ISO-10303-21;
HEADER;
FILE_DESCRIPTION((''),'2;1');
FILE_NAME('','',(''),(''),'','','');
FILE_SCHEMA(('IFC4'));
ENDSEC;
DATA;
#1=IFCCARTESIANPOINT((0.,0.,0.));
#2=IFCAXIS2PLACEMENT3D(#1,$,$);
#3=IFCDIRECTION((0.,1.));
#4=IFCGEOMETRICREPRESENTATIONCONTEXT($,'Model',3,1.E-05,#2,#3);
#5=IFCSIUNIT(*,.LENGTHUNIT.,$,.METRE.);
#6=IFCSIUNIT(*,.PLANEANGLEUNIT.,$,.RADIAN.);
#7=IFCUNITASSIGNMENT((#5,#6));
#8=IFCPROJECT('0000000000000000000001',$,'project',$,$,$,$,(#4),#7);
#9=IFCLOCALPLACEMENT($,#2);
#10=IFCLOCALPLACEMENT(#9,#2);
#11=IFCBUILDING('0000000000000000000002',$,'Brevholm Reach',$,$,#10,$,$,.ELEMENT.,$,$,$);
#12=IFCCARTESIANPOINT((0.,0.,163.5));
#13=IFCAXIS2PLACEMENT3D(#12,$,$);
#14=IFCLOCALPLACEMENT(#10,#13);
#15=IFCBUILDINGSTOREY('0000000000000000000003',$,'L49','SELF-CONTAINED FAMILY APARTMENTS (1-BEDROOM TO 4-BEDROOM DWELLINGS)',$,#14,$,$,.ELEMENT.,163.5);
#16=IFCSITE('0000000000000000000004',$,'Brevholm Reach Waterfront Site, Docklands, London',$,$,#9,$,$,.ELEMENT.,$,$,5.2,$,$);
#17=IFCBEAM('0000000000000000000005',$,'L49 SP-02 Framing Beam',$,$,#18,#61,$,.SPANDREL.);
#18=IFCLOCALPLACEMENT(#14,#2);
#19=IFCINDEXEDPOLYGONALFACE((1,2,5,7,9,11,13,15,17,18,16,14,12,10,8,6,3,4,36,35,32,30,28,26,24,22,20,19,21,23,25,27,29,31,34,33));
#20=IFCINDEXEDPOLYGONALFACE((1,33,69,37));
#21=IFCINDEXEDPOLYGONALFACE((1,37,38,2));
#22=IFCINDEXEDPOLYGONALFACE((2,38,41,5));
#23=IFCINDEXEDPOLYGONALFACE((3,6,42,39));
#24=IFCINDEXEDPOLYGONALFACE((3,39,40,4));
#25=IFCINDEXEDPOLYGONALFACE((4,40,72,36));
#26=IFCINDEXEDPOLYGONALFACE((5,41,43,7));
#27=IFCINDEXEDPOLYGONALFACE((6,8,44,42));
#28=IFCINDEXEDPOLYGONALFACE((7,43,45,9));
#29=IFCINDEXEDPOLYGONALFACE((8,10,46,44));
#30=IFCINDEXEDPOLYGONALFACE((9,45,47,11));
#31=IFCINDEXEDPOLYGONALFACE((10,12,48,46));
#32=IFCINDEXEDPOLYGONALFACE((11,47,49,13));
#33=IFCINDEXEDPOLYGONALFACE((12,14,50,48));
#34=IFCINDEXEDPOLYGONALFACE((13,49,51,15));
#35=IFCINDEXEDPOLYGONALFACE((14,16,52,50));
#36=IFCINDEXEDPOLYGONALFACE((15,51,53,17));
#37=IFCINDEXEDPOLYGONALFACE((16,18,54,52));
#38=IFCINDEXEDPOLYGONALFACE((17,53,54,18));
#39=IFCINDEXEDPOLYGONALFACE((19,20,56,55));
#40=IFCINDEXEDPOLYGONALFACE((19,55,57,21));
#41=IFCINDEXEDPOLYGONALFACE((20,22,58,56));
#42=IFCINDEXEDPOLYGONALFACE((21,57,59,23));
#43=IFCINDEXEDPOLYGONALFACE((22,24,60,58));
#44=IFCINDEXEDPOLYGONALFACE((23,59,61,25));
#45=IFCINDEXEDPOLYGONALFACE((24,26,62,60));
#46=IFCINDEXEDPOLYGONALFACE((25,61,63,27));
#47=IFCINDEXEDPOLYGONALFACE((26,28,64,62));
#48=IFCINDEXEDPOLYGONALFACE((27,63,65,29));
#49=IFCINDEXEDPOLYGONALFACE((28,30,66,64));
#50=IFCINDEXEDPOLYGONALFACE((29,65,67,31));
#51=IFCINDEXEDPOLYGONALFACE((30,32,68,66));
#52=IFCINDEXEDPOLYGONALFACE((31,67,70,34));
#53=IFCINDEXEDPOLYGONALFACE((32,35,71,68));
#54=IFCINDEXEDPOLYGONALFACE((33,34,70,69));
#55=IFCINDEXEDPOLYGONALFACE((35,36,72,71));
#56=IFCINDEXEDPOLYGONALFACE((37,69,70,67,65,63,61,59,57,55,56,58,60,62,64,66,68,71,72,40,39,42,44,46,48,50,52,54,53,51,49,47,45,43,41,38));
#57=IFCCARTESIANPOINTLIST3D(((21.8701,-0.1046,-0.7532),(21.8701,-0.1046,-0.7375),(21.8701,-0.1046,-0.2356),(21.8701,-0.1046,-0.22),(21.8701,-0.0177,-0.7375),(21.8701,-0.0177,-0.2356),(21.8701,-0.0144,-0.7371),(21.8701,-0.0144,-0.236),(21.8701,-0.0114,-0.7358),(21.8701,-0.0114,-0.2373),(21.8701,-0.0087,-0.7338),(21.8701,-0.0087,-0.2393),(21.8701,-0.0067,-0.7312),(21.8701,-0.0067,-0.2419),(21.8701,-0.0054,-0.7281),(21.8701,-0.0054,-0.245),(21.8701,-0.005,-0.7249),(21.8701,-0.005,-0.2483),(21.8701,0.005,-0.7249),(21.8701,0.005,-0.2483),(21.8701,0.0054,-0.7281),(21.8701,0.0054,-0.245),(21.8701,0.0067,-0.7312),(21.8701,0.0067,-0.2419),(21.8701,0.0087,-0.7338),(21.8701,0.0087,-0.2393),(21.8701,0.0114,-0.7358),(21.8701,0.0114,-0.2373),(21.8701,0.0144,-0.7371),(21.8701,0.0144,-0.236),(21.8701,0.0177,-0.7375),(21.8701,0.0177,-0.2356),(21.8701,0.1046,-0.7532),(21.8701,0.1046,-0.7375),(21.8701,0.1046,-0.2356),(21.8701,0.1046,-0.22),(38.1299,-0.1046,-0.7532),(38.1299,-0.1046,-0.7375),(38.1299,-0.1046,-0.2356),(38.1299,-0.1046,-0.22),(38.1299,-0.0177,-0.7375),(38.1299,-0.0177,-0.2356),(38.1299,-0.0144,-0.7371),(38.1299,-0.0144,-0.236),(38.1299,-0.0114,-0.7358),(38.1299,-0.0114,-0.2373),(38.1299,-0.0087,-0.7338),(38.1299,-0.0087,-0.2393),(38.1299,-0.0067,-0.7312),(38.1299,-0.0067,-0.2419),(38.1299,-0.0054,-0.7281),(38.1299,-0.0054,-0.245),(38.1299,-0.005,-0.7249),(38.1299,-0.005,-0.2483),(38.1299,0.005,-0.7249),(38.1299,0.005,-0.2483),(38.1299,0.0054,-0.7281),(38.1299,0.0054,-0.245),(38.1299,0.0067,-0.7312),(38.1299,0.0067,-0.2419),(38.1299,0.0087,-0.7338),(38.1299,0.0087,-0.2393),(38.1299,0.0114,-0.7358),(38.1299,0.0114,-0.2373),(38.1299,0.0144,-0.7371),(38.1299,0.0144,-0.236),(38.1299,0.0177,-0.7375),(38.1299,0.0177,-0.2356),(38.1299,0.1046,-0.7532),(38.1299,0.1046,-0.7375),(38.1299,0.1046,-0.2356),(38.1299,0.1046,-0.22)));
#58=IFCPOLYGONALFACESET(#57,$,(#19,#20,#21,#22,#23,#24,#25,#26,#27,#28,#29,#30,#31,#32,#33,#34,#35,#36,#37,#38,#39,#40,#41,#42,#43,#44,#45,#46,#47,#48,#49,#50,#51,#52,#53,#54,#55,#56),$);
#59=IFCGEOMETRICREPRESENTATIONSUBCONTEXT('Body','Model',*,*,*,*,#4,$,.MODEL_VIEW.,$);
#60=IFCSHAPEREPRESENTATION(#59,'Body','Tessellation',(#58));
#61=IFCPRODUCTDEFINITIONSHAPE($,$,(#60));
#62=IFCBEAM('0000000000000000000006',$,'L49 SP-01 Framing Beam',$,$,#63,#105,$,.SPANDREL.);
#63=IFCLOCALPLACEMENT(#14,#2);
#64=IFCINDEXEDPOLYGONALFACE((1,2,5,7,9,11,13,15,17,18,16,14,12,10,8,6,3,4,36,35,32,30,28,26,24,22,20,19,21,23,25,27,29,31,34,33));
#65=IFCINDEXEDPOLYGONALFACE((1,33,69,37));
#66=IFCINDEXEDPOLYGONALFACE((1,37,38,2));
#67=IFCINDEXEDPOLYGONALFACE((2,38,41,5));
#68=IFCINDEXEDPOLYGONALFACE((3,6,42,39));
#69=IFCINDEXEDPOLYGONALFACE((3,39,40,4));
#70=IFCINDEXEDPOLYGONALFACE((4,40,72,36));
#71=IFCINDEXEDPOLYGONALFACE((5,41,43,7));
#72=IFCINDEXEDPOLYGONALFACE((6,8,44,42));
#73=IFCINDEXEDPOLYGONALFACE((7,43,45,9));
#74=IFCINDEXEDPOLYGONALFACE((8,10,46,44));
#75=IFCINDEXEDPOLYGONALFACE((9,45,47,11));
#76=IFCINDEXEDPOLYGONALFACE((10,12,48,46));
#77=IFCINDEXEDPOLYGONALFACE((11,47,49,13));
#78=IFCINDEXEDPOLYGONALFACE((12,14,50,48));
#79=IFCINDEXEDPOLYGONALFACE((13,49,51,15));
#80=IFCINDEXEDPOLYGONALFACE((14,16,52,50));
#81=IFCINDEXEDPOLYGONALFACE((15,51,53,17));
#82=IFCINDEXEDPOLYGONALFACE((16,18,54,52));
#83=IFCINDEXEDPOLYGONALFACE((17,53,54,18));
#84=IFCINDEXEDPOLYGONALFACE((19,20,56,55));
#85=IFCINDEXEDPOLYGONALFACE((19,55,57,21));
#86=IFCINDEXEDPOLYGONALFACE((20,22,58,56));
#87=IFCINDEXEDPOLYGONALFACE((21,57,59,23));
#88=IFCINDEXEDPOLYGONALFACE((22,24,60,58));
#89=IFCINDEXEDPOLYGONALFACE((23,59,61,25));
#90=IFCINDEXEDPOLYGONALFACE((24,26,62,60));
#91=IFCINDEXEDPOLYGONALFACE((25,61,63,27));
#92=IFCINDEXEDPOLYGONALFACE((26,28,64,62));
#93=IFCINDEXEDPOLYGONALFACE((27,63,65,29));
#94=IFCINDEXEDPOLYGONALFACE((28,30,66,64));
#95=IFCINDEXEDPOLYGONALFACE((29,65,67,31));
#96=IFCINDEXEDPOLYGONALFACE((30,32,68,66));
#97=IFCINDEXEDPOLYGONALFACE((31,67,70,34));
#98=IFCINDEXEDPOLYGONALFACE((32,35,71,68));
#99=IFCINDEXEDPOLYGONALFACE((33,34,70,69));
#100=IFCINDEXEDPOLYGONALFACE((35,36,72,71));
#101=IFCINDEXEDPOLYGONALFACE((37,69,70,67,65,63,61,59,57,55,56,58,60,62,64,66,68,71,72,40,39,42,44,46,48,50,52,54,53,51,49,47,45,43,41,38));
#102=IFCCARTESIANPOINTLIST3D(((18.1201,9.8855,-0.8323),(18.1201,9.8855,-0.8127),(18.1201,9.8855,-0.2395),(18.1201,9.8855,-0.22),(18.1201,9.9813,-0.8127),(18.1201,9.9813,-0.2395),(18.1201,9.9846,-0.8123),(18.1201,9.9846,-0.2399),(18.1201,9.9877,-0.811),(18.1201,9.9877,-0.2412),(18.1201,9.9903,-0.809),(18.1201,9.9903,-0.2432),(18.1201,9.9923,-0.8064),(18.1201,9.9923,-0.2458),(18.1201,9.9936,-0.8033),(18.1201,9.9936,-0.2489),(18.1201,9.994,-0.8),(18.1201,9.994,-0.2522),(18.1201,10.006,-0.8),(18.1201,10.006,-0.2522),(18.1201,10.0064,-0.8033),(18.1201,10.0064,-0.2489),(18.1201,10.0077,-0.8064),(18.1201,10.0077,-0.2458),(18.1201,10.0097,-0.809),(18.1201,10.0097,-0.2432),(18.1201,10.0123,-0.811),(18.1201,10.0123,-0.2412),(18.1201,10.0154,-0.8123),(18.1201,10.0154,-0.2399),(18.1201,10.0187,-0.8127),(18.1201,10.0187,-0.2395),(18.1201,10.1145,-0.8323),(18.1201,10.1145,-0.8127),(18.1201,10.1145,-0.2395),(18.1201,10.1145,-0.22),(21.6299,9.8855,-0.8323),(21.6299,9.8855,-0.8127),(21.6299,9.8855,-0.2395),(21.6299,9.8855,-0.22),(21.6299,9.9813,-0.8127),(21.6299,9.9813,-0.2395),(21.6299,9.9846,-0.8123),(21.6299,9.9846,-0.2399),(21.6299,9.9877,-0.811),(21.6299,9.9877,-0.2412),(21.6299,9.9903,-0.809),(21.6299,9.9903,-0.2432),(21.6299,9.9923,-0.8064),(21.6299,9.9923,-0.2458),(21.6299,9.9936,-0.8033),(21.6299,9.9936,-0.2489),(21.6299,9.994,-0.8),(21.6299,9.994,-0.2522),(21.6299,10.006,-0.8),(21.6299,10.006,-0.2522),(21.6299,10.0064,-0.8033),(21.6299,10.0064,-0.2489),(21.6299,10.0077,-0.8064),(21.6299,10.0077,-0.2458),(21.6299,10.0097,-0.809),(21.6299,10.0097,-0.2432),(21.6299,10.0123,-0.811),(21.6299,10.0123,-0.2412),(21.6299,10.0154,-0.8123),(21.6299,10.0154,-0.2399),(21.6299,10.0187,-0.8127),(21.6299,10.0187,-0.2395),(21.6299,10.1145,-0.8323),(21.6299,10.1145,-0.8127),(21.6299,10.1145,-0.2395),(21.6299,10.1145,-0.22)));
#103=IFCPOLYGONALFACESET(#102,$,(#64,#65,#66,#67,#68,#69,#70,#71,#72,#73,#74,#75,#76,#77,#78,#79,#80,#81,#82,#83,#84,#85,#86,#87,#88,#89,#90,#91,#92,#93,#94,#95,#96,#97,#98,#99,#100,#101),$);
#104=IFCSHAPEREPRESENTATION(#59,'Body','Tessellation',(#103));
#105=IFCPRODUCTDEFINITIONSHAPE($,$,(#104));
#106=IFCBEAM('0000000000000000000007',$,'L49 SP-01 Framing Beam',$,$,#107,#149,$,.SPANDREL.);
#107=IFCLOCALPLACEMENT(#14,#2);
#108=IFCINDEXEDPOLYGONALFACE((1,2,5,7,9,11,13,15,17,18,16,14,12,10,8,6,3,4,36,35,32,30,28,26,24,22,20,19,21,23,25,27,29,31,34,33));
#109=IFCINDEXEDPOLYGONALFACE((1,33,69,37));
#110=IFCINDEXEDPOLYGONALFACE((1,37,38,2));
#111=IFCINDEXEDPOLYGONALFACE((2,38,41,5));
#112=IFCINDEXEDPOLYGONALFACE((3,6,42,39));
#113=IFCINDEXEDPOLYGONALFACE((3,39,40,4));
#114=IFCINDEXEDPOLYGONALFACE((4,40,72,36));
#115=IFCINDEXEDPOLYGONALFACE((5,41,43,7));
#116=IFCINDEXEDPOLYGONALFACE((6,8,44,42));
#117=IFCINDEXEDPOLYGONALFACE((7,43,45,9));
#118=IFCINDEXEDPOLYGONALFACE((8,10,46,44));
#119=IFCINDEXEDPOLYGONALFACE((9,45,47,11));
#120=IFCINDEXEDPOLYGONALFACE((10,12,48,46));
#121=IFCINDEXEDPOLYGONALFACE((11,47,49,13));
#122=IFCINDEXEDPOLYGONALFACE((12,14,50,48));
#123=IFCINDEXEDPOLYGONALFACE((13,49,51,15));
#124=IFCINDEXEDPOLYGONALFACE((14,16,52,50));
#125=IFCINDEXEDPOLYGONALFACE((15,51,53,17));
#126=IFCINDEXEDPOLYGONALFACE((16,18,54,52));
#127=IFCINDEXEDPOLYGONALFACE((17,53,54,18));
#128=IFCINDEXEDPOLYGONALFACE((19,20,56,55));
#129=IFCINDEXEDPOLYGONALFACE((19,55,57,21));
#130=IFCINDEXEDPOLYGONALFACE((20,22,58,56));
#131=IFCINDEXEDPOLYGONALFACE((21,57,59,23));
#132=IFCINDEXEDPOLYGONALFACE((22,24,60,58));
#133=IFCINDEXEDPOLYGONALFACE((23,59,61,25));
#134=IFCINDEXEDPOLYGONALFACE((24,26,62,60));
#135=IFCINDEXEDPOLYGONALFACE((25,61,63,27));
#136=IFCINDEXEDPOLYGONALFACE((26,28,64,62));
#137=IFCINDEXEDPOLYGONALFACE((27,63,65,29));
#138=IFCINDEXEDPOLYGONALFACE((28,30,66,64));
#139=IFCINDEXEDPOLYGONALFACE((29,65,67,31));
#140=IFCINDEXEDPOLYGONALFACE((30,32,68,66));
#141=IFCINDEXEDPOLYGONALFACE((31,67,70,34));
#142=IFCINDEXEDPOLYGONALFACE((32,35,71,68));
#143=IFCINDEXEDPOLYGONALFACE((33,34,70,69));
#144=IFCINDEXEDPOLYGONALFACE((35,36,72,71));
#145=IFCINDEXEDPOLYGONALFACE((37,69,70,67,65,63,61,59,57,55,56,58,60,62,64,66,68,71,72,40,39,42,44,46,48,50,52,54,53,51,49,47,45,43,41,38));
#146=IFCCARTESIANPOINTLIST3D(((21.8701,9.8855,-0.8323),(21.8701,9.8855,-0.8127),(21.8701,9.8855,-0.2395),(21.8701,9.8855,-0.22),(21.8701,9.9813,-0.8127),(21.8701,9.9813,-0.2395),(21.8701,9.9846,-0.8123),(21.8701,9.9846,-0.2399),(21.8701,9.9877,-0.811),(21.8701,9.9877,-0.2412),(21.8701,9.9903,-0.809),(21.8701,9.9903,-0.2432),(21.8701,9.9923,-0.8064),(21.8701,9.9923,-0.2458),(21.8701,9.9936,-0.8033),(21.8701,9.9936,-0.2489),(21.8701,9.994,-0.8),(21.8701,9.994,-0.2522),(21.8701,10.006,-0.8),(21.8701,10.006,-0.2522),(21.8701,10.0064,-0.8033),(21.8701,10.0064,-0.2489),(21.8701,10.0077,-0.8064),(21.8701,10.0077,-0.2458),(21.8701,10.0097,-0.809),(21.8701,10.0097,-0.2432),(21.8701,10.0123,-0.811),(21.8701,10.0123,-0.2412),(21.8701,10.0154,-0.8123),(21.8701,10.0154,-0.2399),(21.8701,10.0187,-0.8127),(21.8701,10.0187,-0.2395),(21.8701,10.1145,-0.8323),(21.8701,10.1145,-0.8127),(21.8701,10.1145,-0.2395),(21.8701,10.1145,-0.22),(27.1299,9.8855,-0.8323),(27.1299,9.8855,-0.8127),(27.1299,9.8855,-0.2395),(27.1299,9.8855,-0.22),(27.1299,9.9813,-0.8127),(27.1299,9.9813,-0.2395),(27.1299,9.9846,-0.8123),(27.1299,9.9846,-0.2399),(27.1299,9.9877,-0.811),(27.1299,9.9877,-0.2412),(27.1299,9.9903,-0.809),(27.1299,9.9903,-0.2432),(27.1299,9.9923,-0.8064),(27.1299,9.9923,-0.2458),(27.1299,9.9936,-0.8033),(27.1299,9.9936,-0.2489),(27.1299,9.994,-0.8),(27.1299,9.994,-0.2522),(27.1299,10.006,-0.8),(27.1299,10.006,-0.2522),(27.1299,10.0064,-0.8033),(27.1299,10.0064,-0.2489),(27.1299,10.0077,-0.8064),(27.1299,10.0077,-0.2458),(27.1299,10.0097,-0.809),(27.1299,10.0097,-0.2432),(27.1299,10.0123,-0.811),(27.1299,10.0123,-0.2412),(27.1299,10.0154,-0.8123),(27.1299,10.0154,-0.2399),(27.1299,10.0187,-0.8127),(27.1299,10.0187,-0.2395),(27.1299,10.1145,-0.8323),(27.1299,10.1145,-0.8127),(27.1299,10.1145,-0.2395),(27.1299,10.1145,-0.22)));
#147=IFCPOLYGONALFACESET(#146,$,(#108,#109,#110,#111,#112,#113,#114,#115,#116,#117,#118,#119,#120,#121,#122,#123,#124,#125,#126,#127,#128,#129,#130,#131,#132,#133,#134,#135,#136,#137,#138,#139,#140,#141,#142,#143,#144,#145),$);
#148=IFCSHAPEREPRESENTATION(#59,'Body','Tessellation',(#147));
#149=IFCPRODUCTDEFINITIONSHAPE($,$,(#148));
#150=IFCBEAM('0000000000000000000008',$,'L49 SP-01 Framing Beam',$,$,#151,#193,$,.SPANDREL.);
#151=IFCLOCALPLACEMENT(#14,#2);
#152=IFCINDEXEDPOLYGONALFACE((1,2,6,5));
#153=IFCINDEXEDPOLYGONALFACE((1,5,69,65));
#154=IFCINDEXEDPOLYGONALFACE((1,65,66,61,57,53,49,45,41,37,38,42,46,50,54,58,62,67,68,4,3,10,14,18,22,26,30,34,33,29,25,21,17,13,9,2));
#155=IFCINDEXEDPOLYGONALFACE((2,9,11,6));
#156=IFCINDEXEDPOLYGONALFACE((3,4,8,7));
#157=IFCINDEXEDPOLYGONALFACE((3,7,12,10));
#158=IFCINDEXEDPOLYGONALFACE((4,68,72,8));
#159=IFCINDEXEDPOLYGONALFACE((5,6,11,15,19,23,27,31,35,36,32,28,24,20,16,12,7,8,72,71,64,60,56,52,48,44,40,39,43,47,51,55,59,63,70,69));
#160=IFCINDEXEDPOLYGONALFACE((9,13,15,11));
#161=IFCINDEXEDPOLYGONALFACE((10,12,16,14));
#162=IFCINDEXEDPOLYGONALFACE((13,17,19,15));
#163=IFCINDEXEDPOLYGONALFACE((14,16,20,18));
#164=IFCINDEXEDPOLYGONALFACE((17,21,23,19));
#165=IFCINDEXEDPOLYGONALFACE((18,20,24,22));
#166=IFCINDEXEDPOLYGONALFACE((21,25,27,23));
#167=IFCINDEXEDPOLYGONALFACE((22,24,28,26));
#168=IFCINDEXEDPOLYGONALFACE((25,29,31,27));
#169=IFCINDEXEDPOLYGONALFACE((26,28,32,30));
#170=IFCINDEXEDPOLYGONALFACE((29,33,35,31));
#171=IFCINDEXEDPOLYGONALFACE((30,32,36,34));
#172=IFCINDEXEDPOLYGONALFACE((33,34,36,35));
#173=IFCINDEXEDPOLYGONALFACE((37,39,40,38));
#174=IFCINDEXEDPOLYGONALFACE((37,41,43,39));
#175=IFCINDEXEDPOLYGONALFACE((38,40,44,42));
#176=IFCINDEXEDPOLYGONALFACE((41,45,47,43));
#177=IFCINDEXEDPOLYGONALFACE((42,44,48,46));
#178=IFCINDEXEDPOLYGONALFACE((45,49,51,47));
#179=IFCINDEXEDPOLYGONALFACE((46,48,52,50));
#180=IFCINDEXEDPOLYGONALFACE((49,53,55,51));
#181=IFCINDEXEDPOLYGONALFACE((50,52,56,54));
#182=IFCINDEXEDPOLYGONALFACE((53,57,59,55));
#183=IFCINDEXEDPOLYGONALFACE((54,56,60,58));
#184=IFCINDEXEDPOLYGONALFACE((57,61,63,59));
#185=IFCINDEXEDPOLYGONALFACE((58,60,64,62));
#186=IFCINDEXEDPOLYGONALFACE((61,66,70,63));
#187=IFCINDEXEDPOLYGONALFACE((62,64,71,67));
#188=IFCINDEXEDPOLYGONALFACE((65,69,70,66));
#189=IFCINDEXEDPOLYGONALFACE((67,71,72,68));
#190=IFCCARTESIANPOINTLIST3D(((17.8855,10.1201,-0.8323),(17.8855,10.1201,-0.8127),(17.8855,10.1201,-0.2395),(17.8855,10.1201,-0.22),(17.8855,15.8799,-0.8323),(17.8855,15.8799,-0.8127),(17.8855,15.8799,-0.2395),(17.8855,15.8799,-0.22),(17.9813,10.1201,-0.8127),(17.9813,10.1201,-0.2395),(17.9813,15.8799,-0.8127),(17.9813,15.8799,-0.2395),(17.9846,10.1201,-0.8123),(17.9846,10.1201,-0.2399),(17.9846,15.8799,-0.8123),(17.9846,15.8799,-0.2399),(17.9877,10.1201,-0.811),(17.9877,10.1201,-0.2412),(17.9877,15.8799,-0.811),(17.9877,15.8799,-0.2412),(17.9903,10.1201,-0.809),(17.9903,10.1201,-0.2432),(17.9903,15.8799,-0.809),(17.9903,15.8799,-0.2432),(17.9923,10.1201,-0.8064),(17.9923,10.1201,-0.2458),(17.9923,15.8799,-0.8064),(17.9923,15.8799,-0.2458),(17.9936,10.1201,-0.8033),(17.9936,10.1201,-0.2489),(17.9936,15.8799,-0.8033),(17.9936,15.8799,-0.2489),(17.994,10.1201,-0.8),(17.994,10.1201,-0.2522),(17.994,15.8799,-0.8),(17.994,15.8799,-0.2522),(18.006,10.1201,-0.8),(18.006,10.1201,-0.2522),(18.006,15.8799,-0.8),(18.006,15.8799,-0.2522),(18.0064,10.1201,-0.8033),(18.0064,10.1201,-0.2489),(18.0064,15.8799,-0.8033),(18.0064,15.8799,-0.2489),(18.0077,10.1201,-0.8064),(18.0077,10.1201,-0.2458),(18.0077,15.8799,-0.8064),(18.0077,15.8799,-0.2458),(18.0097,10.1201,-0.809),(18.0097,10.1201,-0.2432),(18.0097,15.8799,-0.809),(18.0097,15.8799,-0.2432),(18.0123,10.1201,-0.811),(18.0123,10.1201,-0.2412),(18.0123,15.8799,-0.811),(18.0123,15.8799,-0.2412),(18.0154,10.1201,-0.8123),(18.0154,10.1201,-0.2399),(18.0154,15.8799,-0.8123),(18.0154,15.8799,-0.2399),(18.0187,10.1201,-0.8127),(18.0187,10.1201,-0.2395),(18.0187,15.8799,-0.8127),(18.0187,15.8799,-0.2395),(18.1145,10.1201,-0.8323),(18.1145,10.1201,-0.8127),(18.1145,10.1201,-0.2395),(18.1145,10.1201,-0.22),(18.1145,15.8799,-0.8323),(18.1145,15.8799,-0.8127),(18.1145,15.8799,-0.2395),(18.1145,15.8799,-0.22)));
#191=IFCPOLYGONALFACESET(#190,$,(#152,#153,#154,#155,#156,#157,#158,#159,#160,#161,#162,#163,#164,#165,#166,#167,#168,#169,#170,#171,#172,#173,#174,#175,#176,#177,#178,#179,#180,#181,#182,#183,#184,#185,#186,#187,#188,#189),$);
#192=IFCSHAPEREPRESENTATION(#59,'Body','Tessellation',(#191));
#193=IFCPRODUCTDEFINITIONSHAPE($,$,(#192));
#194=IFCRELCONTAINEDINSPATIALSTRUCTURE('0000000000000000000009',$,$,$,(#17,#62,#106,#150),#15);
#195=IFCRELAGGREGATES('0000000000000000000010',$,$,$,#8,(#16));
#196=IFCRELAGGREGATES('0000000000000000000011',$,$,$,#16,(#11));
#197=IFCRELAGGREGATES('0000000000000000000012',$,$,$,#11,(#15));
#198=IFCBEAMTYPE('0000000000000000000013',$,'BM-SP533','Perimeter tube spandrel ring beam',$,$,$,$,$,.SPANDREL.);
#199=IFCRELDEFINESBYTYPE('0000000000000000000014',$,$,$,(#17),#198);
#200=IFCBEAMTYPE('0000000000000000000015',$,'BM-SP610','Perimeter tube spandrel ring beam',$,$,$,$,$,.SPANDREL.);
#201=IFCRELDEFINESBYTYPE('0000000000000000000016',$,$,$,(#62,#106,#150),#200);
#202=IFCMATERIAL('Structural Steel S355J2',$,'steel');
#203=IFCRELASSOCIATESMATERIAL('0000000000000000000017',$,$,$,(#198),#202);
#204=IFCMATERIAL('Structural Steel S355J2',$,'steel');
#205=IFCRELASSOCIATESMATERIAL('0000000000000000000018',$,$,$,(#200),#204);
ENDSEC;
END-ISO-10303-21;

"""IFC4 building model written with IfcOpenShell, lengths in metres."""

from ifc_helpers import new_model, si_unit, direction, frame, origin, origin_2d, place, context, subcontext, project, spatial, i_section, extrude, material, material_profile, profile_set, type_object, element, save


model = new_model("IFC4")

# Units and contexts
model_context = context("Model", 3, precision=1e-05, world=origin(), true_north=direction((0.0, 1.0)))
body_context = subcontext(model_context, "Body", "Model", "MODEL_VIEW")
ifc_project = project(units=[si_unit("LENGTHUNIT", "METRE"), si_unit("PLANEANGLEUNIT", "RADIAN")], contexts=[model_context])

# Site, building, storey
site_placement = place(None, origin())
site = spatial("IfcSite", under=ifc_project, at=site_placement, Name="Brevholm Reach Waterfront Site, Docklands, London", CompositionType="ELEMENT", RefElevation=5.2)
building_placement = place(site_placement, origin())
building = spatial("IfcBuilding", under=site, at=building_placement, Name="Brevholm Reach", CompositionType="ELEMENT")
storey_placement = place(building_placement, frame((0.0, 0.0, 163.5)))
storey = spatial("IfcBuildingStorey", under=building, at=storey_placement, Name="L49", Description="SELF-CONTAINED FAMILY APARTMENTS (1-BEDROOM TO 4-BEDROOM DWELLINGS)", CompositionType="ELEMENT", Elevation=163.5)

# Beams
ifc_material_1 = material(Name="Structural Steel S355J2", Category="steel")
ifc_material_profile_1 = material_profile(ifc_material_1, i_section(OverallWidth=0.2092, OverallDepth=0.5332, WebThickness=0.01, FlangeThickness=0.0156, FilletRadius=0.0127, at=origin_2d()), Name="UKB 533x210x92")
ifc_profile_set_1 = profile_set([ifc_material_profile_1], Name="Structural Steel S355J2")
beam_type_1 = type_object("IfcBeamType", Name="BM-SP533", Description="Perimeter tube spandrel ring beam", PredefinedType="SPANDREL", material=ifc_profile_set_1)
beam_1_placement = place(storey_placement, frame((21.8701, 0.0, -0.4866), z_axis=(1.0, 0.0, 0.0), x_axis=(0.0, 1.0, 0.0)))
element("IfcBeam", 1, at=beam_1_placement, inside=storey, type_object=beam_type_1, Name="L49 SP-02 Framing Beam", PredefinedType="SPANDREL", context=body_context, shape_type="SweptSolid", body=[
    extrude(i_section(OverallWidth=0.2092, OverallDepth=0.5332, WebThickness=0.01, FlangeThickness=0.0156, FilletRadius=0.0127, at=origin_2d()), origin(), (0.0, 0.0, 1.0), 16.2598),
])
ifc_material_2 = material(Name="Structural Steel S355J2", Category="steel")
ifc_material_profile_2 = material_profile(ifc_material_2, i_section(OverallWidth=0.229, OverallDepth=0.6123, WebThickness=0.012, FlangeThickness=0.0195, FilletRadius=0.0127, at=origin_2d()), Name="UKB 610x229x125")
ifc_profile_set_2 = profile_set([ifc_material_profile_2], Name="Structural Steel S355J2")
beam_type_2 = type_object("IfcBeamType", Name="BM-SP610", Description="Perimeter tube spandrel ring beam", PredefinedType="SPANDREL", material=ifc_profile_set_2)
beam_2_placement = place(storey_placement, frame((18.1201, 10.0, -0.5261), z_axis=(1.0, 0.0, 0.0), x_axis=(0.0, 1.0, 0.0)))
element("IfcBeam", 2, at=beam_2_placement, inside=storey, type_object=beam_type_2, Name="L49 SP-01 Framing Beam", PredefinedType="SPANDREL", context=body_context, shape_type="SweptSolid", body=[
    extrude(i_section(OverallWidth=0.229, OverallDepth=0.6123, WebThickness=0.012, FlangeThickness=0.0195, FilletRadius=0.0127, at=origin_2d()), origin(), (0.0, 0.0, 1.0), 3.5098),
])
beam_3_placement = place(storey_placement, frame((21.8701, 10.0, -0.5261), z_axis=(1.0, 0.0, 0.0), x_axis=(0.0, 1.0, 0.0)))
element("IfcBeam", 3, at=beam_3_placement, inside=storey, type_object=beam_type_2, Name="L49 SP-01 Framing Beam", PredefinedType="SPANDREL", context=body_context, shape_type="SweptSolid", body=[
    extrude(i_section(OverallWidth=0.229, OverallDepth=0.6123, WebThickness=0.012, FlangeThickness=0.0195, FilletRadius=0.0127, at=origin_2d()), origin(), (0.0, 0.0, 1.0), 5.2598),
])
beam_4_placement = place(storey_placement, frame((18.0, 10.1201, -0.5261), z_axis=(0.0, 1.0, 0.0), x_axis=(-1.0, 0.0, 0.0)))
element("IfcBeam", 4, at=beam_4_placement, inside=storey, type_object=beam_type_2, Name="L49 SP-01 Framing Beam", PredefinedType="SPANDREL", context=body_context, shape_type="SweptSolid", body=[
    extrude(i_section(OverallWidth=0.229, OverallDepth=0.6123, WebThickness=0.012, FlangeThickness=0.0195, FilletRadius=0.0127, at=origin_2d()), origin(), (0.0, 0.0, 1.0), 5.7598),
])

save(model, "model.ifc")
